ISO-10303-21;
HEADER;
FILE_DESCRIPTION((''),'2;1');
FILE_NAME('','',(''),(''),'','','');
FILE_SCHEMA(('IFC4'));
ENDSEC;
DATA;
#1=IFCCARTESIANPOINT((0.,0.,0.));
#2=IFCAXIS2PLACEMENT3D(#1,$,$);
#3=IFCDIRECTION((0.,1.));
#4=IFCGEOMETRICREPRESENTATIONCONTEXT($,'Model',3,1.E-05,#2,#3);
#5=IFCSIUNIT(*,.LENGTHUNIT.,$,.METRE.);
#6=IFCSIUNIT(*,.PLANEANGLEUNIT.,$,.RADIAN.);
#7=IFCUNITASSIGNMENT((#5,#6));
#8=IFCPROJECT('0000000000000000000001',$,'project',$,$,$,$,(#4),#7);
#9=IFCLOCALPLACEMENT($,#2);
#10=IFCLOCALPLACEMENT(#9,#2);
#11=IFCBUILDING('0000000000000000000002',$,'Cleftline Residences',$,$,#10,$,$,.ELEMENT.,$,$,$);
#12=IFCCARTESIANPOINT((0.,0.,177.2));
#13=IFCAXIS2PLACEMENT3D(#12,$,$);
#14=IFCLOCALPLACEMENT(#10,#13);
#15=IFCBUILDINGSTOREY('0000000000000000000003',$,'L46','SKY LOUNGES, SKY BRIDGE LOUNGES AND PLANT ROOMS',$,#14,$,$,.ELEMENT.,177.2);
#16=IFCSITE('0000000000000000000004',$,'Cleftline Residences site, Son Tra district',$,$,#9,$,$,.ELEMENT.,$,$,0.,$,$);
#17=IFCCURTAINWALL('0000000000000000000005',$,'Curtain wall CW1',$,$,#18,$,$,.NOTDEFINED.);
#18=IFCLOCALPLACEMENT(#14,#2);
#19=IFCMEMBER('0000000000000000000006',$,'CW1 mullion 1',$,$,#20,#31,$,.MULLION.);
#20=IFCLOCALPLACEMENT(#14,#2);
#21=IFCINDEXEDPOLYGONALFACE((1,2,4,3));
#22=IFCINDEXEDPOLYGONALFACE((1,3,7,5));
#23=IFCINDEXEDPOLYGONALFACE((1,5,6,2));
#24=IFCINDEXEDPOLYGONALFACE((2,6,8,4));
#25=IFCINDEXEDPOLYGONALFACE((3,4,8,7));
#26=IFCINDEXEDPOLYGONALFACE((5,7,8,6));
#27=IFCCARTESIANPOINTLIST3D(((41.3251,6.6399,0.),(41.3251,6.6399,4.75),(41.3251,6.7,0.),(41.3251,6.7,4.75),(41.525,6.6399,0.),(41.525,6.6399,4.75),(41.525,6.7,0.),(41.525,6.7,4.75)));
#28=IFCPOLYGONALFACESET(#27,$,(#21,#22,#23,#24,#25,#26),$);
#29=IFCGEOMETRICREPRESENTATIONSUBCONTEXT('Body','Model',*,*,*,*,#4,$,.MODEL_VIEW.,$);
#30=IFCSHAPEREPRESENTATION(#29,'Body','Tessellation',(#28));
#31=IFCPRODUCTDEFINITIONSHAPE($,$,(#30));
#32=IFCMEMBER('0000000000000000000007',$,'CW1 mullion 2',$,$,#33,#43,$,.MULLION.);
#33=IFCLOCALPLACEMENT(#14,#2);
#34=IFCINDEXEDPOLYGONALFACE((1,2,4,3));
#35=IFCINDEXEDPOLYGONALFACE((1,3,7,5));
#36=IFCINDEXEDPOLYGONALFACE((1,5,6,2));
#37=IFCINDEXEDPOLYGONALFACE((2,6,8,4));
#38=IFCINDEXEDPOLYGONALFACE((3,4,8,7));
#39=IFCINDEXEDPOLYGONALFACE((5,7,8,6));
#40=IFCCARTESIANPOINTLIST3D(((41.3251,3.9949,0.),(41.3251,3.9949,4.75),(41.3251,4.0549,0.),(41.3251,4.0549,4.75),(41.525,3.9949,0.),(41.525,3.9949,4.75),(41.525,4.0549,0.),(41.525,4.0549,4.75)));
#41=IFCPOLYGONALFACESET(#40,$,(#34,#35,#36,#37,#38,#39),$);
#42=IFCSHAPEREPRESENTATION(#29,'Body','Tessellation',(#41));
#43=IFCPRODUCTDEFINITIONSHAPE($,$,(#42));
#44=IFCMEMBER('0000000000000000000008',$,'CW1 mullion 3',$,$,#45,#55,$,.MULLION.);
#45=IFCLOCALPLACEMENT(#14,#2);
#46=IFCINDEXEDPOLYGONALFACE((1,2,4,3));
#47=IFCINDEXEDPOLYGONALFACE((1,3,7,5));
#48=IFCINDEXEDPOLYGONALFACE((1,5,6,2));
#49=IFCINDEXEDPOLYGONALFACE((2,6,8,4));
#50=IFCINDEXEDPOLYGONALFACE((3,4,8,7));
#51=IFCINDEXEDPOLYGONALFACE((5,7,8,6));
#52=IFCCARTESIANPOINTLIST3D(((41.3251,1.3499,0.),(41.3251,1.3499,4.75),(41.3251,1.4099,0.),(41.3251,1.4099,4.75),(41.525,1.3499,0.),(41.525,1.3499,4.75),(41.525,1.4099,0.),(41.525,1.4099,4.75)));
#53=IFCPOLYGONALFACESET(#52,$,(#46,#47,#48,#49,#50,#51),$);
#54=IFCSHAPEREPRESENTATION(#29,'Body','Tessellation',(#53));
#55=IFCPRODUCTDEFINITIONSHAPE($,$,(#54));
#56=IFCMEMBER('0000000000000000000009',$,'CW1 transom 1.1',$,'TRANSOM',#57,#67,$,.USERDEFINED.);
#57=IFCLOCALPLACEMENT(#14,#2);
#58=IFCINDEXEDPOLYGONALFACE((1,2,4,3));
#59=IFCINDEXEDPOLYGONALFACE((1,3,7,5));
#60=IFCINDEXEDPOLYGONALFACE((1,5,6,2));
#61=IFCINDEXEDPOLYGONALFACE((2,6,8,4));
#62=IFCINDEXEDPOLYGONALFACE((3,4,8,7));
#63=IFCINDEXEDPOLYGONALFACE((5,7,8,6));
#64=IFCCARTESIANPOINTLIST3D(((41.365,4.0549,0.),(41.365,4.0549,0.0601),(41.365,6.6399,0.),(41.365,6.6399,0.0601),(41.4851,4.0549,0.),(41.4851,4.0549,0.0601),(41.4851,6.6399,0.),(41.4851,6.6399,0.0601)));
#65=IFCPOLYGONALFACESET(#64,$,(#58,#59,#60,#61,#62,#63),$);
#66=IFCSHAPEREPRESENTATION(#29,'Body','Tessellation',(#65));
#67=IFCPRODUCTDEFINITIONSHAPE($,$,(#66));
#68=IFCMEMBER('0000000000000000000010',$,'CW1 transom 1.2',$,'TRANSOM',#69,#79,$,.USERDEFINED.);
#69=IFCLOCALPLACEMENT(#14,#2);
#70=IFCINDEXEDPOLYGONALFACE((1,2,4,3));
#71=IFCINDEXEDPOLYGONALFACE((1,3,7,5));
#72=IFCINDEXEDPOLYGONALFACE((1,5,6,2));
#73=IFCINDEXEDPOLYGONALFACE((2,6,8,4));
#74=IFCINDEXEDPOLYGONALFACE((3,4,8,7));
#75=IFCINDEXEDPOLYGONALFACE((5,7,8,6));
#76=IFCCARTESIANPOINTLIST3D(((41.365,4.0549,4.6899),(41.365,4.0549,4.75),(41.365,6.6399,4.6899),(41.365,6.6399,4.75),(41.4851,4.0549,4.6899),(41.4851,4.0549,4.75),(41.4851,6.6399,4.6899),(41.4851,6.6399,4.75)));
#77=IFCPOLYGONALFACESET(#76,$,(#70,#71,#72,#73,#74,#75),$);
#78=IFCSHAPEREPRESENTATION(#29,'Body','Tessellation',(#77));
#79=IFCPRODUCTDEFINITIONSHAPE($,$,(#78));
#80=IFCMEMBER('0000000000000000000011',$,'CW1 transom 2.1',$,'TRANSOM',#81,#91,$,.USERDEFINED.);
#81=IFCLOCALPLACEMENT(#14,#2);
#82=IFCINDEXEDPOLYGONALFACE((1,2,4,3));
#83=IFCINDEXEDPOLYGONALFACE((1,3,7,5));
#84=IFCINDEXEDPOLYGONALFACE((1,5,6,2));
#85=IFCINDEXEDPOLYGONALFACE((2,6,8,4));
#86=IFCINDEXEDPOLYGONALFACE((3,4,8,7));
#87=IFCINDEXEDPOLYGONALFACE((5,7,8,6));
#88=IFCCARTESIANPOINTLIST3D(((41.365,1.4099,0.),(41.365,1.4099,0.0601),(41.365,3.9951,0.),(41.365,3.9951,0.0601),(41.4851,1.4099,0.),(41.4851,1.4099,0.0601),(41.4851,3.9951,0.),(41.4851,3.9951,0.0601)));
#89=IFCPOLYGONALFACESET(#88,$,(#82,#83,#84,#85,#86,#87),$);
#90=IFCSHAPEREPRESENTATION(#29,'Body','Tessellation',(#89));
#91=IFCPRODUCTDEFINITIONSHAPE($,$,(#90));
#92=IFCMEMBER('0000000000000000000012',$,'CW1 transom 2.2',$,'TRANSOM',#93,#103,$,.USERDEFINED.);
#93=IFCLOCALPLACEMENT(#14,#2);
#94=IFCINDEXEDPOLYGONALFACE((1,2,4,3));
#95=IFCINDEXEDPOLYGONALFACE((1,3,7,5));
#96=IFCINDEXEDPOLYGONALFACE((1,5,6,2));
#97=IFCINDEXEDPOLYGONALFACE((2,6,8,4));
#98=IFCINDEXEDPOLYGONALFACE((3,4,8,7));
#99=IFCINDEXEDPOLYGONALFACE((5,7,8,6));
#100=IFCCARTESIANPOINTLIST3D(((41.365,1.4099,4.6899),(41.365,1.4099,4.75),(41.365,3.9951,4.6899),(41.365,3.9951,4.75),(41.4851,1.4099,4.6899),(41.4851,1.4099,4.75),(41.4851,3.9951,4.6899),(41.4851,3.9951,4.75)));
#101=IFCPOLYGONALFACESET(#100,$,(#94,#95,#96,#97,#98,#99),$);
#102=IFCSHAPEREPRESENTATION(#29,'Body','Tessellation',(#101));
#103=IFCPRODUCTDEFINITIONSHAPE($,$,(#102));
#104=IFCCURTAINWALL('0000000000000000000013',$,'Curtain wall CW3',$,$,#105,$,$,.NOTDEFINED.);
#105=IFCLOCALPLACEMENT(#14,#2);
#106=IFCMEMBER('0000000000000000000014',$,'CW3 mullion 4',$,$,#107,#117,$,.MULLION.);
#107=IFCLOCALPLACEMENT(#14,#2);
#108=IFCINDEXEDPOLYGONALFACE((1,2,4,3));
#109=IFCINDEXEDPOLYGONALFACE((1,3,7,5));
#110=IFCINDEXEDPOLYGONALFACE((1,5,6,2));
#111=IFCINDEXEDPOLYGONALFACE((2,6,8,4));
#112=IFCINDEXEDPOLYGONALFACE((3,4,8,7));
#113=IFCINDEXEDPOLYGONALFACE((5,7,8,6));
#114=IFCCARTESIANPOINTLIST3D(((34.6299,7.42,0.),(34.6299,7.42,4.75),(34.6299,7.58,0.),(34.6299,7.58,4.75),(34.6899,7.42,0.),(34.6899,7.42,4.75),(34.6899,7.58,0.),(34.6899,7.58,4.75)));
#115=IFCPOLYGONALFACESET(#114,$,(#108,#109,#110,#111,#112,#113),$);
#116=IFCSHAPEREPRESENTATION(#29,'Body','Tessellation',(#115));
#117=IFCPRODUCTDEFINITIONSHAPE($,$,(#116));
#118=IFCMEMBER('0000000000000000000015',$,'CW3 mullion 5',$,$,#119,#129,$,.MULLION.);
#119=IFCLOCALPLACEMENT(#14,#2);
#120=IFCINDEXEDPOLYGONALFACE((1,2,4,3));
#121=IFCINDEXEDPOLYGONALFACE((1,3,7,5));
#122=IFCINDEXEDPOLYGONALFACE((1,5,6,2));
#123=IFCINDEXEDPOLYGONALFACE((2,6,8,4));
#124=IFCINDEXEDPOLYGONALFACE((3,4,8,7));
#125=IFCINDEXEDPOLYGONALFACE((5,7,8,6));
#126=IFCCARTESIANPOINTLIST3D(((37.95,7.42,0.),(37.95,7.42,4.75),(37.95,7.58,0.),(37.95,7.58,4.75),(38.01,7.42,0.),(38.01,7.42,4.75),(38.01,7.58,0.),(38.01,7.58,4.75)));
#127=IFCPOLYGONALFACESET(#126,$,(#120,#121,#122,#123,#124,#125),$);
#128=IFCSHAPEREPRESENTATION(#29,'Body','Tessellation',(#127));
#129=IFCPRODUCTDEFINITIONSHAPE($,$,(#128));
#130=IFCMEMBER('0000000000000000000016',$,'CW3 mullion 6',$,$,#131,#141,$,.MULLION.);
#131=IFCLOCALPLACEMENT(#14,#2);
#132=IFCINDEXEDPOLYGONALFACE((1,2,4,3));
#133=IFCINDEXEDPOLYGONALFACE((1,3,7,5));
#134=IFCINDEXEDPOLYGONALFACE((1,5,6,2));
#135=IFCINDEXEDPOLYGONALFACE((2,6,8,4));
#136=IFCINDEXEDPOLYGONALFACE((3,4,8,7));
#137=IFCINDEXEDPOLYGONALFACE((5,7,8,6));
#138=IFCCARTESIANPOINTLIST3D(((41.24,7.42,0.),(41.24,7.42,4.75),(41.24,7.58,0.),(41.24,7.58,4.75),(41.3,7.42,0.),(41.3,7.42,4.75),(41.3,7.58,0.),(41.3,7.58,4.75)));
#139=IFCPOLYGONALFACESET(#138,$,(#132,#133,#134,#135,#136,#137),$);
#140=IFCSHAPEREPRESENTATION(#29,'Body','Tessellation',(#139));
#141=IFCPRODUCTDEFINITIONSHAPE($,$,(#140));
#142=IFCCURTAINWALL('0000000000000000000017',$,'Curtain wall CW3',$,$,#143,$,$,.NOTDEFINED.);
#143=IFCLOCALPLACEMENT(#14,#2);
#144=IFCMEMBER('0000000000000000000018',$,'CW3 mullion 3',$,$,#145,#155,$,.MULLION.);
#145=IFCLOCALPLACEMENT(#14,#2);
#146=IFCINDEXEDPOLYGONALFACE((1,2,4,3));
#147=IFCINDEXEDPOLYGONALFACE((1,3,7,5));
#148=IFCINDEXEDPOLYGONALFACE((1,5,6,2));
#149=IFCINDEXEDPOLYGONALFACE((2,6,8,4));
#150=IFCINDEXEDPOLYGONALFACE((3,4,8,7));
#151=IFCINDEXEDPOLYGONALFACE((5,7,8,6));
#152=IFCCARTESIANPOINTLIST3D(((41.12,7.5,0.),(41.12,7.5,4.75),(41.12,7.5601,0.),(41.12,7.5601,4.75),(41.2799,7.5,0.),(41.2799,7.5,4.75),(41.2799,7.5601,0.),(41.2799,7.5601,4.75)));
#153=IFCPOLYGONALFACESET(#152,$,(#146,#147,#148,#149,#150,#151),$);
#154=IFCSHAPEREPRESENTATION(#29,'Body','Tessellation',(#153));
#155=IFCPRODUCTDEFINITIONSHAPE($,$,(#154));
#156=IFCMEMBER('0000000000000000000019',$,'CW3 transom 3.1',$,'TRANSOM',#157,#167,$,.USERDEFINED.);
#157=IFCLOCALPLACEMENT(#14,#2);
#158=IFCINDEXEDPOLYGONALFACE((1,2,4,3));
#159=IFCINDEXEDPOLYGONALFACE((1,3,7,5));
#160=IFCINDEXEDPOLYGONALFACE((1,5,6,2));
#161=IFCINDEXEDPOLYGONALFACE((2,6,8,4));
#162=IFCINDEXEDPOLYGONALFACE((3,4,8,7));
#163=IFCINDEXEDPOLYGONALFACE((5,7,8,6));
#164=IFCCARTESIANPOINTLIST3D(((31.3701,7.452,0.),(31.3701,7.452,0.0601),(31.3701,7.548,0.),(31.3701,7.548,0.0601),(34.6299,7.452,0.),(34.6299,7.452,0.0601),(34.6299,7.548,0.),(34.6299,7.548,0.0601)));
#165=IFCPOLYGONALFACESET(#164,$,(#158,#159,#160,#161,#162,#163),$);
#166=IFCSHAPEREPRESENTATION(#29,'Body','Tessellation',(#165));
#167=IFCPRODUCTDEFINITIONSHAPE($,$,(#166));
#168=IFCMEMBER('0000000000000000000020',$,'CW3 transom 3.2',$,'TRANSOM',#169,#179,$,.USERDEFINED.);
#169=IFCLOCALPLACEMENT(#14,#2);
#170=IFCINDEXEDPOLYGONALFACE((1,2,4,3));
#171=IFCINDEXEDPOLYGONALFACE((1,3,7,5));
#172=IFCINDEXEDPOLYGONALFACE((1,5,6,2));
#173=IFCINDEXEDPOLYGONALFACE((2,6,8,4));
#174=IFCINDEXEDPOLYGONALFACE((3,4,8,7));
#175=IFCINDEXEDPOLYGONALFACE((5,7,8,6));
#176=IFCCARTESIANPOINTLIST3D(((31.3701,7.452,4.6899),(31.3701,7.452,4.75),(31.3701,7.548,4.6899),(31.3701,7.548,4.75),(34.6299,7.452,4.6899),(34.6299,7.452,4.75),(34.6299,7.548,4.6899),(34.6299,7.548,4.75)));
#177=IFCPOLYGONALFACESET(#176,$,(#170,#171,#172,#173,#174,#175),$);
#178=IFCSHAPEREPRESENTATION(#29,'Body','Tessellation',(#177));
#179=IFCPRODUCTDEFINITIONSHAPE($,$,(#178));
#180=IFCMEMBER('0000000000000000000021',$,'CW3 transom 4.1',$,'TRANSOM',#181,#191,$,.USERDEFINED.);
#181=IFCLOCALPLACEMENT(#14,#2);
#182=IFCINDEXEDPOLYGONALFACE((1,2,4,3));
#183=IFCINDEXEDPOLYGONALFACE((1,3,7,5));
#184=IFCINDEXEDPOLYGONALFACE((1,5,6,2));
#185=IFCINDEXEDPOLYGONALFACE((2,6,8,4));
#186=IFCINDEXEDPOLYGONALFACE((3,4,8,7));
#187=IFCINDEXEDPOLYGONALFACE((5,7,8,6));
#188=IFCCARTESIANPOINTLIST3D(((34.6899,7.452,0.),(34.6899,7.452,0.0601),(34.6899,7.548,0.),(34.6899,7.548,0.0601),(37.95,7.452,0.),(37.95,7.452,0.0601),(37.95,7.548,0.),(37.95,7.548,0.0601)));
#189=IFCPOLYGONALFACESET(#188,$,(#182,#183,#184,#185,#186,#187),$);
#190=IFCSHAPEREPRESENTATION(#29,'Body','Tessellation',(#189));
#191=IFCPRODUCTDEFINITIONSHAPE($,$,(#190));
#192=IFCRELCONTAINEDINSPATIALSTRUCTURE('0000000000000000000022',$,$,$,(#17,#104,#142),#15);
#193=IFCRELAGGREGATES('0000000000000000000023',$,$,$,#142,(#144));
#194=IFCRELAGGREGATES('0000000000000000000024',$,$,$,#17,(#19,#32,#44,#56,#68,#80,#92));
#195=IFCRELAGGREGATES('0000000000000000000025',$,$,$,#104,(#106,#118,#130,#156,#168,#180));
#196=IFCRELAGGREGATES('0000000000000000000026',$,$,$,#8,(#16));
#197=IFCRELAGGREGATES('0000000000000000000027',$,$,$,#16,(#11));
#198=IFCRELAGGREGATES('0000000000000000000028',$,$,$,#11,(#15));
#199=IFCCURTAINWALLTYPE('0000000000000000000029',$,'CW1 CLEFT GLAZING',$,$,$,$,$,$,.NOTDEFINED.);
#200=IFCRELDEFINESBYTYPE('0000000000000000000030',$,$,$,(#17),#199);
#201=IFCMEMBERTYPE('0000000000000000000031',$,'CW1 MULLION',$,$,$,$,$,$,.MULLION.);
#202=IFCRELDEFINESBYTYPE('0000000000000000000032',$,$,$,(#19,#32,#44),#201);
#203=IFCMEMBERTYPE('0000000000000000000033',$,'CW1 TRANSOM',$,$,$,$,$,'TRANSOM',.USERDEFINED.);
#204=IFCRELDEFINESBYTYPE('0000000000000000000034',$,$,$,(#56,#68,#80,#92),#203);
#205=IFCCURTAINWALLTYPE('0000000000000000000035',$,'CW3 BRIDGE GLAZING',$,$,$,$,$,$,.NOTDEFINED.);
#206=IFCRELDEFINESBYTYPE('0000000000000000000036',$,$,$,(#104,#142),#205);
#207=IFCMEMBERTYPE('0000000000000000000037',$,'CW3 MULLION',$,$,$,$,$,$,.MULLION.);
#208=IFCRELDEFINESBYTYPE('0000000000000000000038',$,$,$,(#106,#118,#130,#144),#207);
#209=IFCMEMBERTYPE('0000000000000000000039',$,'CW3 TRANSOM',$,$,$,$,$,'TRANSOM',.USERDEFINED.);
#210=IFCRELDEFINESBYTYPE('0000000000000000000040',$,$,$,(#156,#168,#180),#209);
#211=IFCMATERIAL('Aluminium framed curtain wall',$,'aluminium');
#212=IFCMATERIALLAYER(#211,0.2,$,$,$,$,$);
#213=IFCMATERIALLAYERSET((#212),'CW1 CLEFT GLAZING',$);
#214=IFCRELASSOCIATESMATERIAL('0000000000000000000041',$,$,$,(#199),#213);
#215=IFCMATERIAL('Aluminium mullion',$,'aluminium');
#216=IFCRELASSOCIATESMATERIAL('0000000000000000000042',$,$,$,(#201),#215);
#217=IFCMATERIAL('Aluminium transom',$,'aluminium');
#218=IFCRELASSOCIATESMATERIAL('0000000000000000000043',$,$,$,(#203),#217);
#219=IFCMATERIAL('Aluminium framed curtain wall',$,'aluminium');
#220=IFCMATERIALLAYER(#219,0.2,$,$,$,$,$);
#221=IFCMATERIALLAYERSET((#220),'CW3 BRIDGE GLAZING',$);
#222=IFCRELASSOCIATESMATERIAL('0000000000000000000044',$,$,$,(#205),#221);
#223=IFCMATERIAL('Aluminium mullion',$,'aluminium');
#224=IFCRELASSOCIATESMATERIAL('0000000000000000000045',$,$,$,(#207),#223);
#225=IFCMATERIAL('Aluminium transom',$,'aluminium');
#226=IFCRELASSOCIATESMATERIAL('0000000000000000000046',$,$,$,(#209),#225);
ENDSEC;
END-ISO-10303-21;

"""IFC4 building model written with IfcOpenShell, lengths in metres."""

from ifc_helpers import new_model, si_unit, direction, frame, origin, origin_2d, place, context, subcontext, project, spatial, rectangle, extrude, material, layer, layer_set, material_profile, profile_set, type_object, element, aggregate, save


model = new_model("IFC4")

# Units and contexts
model_context = context("Model", 3, precision=1e-05, world=origin(), true_north=direction((0.0, 1.0)))
body_context = subcontext(model_context, "Body", "Model", "MODEL_VIEW")
ifc_project = project(units=[si_unit("LENGTHUNIT", "METRE"), si_unit("PLANEANGLEUNIT", "RADIAN")], contexts=[model_context])

# Site, building, storey
site_placement = place(None, origin())
site = spatial("IfcSite", under=ifc_project, at=site_placement, Name="Cleftline Residences site, Son Tra district", CompositionType="ELEMENT", RefElevation=0.0)
building_placement = place(site_placement, origin())
building = spatial("IfcBuilding", under=site, at=building_placement, Name="Cleftline Residences", CompositionType="ELEMENT")
storey_placement = place(building_placement, frame((0.0, 0.0, 177.2)))
storey = spatial("IfcBuildingStorey", under=building, at=storey_placement, Name="L46", Description="SKY LOUNGES, SKY BRIDGE LOUNGES AND PLANT ROOMS", CompositionType="ELEMENT", Elevation=177.2)

# Curtain walls, members
ifc_material_1 = material(Name="Aluminium framed curtain wall", Category="aluminium")
ifc_layer_1 = layer(ifc_material_1, 0.2)
ifc_layer_set_1 = layer_set([ifc_layer_1], Name="CW1 CLEFT GLAZING")
curtain_wall_type_1 = type_object("IfcCurtainWallType", Name="CW1 CLEFT GLAZING", PredefinedType="NOTDEFINED", material=ifc_layer_set_1)
curtain_wall_1_placement = place(storey_placement, origin())
curtain_wall_1 = element("IfcCurtainWall", 1, at=curtain_wall_1_placement, inside=storey, type_object=curtain_wall_type_1, Name="Curtain wall CW1", PredefinedType="NOTDEFINED")
ifc_material_2 = material(Name="Aluminium mullion", Category="aluminium")
ifc_material_profile_1 = material_profile(ifc_material_2, rectangle(XDim=0.2, YDim=0.0601, at=origin_2d()))
ifc_profile_set_1 = profile_set([ifc_material_profile_1], Name="Aluminium mullion")
member_type_1 = type_object("IfcMemberType", Name="CW1 MULLION", PredefinedType="MULLION", material=ifc_profile_set_1)
member_1_placement = place(storey_placement, frame((41.425, 6.6699, 0.0), z_axis=(0.0, 0.0, 1.0), x_axis=(1.0, 0.0, 0.0)))
member_1 = element("IfcMember", 2, at=member_1_placement, type_object=member_type_1, Name="CW1 mullion 1", PredefinedType="MULLION", context=body_context, shape_type="SweptSolid", body=[
    extrude(rectangle(XDim=0.2, YDim=0.0601, at=origin_2d()), origin(), (0.0, 0.0, 1.0), 4.75),
])
member_2_placement = place(storey_placement, frame((41.425, 4.0249, 0.0), z_axis=(0.0, 0.0, 1.0), x_axis=(1.0, 0.0, 0.0)))
member_2 = element("IfcMember", 3, at=member_2_placement, type_object=member_type_1, Name="CW1 mullion 2", PredefinedType="MULLION", context=body_context, shape_type="SweptSolid", body=[
    extrude(rectangle(XDim=0.2, YDim=0.0601, at=origin_2d()), origin(), (0.0, 0.0, 1.0), 4.75),
])
member_3_placement = place(storey_placement, frame((41.425, 1.3799, 0.0), z_axis=(0.0, 0.0, 1.0), x_axis=(1.0, 0.0, 0.0)))
member_3 = element("IfcMember", 4, at=member_3_placement, type_object=member_type_1, Name="CW1 mullion 3", PredefinedType="MULLION", context=body_context, shape_type="SweptSolid", body=[
    extrude(rectangle(XDim=0.2, YDim=0.0601, at=origin_2d()), origin(), (0.0, 0.0, 1.0), 4.75),
])
ifc_material_3 = material(Name="Aluminium transom", Category="aluminium")
ifc_material_profile_2 = material_profile(ifc_material_3, rectangle(XDim=0.1201, YDim=0.0601, at=origin_2d()))
ifc_profile_set_2 = profile_set([ifc_material_profile_2], Name="Aluminium transom")
member_type_2 = type_object("IfcMemberType", Name="CW1 TRANSOM", ElementType="TRANSOM", PredefinedType="USERDEFINED", material=ifc_profile_set_2)
member_4_placement = place(storey_placement, frame((41.425, 6.6399, 0.03), z_axis=(0.0, -1.0, 0.0), x_axis=(1.0, 0.0, 0.0)))
member_4 = element("IfcMember", 5, at=member_4_placement, type_object=member_type_2, Name="CW1 transom 1.1", ObjectType="TRANSOM", PredefinedType="USERDEFINED", context=body_context, shape_type="SweptSolid", body=[
    extrude(rectangle(XDim=0.1201, YDim=0.0601, at=origin_2d()), origin(), (0.0, 0.0, 1.0), 2.585),
])
member_5_placement = place(storey_placement, frame((41.425, 6.6399, 4.72), z_axis=(0.0, -1.0, 0.0), x_axis=(1.0, 0.0, 0.0)))
member_5 = element("IfcMember", 6, at=member_5_placement, type_object=member_type_2, Name="CW1 transom 1.2", ObjectType="TRANSOM", PredefinedType="USERDEFINED", context=body_context, shape_type="SweptSolid", body=[
    extrude(rectangle(XDim=0.1201, YDim=0.0601, at=origin_2d()), origin(), (0.0, 0.0, 1.0), 2.585),
])
member_6_placement = place(storey_placement, frame((41.425, 3.9951, 0.03), z_axis=(0.0, -1.0, 0.0), x_axis=(1.0, 0.0, 0.0)))
member_6 = element("IfcMember", 7, at=member_6_placement, type_object=member_type_2, Name="CW1 transom 2.1", ObjectType="TRANSOM", PredefinedType="USERDEFINED", context=body_context, shape_type="SweptSolid", body=[
    extrude(rectangle(XDim=0.1201, YDim=0.0601, at=origin_2d()), origin(), (0.0, 0.0, 1.0), 2.5852),
])
member_7_placement = place(storey_placement, frame((41.425, 3.9951, 4.72), z_axis=(0.0, -1.0, 0.0), x_axis=(1.0, 0.0, 0.0)))
member_7 = element("IfcMember", 8, at=member_7_placement, type_object=member_type_2, Name="CW1 transom 2.2", ObjectType="TRANSOM", PredefinedType="USERDEFINED", context=body_context, shape_type="SweptSolid", body=[
    extrude(rectangle(XDim=0.1201, YDim=0.0601, at=origin_2d()), origin(), (0.0, 0.0, 1.0), 2.5852),
])
ifc_material_4 = material(Name="Aluminium framed curtain wall", Category="aluminium")
ifc_layer_2 = layer(ifc_material_4, 0.2)
ifc_layer_set_2 = layer_set([ifc_layer_2], Name="CW3 BRIDGE GLAZING")
curtain_wall_type_2 = type_object("IfcCurtainWallType", Name="CW3 BRIDGE GLAZING", PredefinedType="NOTDEFINED", material=ifc_layer_set_2)
curtain_wall_2_placement = place(storey_placement, origin())
curtain_wall_2 = element("IfcCurtainWall", 9, at=curtain_wall_2_placement, inside=storey, type_object=curtain_wall_type_2, Name="Curtain wall CW3", PredefinedType="NOTDEFINED")
ifc_material_5 = material(Name="Aluminium mullion", Category="aluminium")
ifc_material_profile_3 = material_profile(ifc_material_5, rectangle(XDim=0.1599, YDim=0.0601, at=origin_2d()))
ifc_profile_set_3 = profile_set([ifc_material_profile_3], Name="Aluminium mullion")
member_type_3 = type_object("IfcMemberType", Name="CW3 MULLION", PredefinedType="MULLION", material=ifc_profile_set_3)
member_8_placement = place(storey_placement, frame((34.6599, 7.5, 0.0), z_axis=(0.0, 0.0, 1.0), x_axis=(0.0, 1.0, 0.0)))
member_8 = element("IfcMember", 10, at=member_8_placement, type_object=member_type_3, Name="CW3 mullion 4", PredefinedType="MULLION", context=body_context, shape_type="SweptSolid", body=[
    extrude(rectangle(XDim=0.1599, YDim=0.0601, at=origin_2d()), origin(), (0.0, 0.0, 1.0), 4.75),
])
member_9_placement = place(storey_placement, frame((37.98, 7.5, 0.0), z_axis=(0.0, 0.0, 1.0), x_axis=(0.0, 1.0, 0.0)))
member_9 = element("IfcMember", 11, at=member_9_placement, type_object=member_type_3, Name="CW3 mullion 5", PredefinedType="MULLION", context=body_context, shape_type="SweptSolid", body=[
    extrude(rectangle(XDim=0.1599, YDim=0.0601, at=origin_2d()), origin(), (0.0, 0.0, 1.0), 4.75),
])
member_10_placement = place(storey_placement, frame((41.27, 7.5, 0.0), z_axis=(0.0, 0.0, 1.0), x_axis=(0.0, 1.0, 0.0)))
member_10 = element("IfcMember", 12, at=member_10_placement, type_object=member_type_3, Name="CW3 mullion 6", PredefinedType="MULLION", context=body_context, shape_type="SweptSolid", body=[
    extrude(rectangle(XDim=0.1599, YDim=0.0601, at=origin_2d()), origin(), (0.0, 0.0, 1.0), 4.75),
])

# Curtain wall, member
curtain_wall_3_placement = place(storey_placement, origin())
curtain_wall_3 = element("IfcCurtainWall", 13, at=curtain_wall_3_placement, inside=storey, type_object=curtain_wall_type_2, Name="Curtain wall CW3", PredefinedType="NOTDEFINED")
member_11_placement = place(storey_placement, frame((41.2, 7.53, 0.0), z_axis=(0.0, 0.0, 1.0), x_axis=(1.0, 0.0, 0.0)))
member_11 = element("IfcMember", 14, at=member_11_placement, type_object=member_type_3, Name="CW3 mullion 3", PredefinedType="MULLION", context=body_context, shape_type="SweptSolid", body=[
    extrude(rectangle(XDim=0.1599, YDim=0.0601, at=origin_2d()), origin(), (0.0, 0.0, 1.0), 4.75),
])
aggregate(curtain_wall_3, [member_11])

# Members
ifc_material_6 = material(Name="Aluminium transom", Category="aluminium")
ifc_material_profile_4 = material_profile(ifc_material_6, rectangle(XDim=0.0959, YDim=0.0601, at=origin_2d()))
ifc_profile_set_4 = profile_set([ifc_material_profile_4], Name="Aluminium transom")
member_type_4 = type_object("IfcMemberType", Name="CW3 TRANSOM", ElementType="TRANSOM", PredefinedType="USERDEFINED", material=ifc_profile_set_4)
member_12_placement = place(storey_placement, frame((31.3701, 7.5, 0.03), z_axis=(1.0, 0.0, 0.0), x_axis=(0.0, 1.0, 0.0)))
member_12 = element("IfcMember", 15, at=member_12_placement, type_object=member_type_4, Name="CW3 transom 3.1", ObjectType="TRANSOM", PredefinedType="USERDEFINED", context=body_context, shape_type="SweptSolid", body=[
    extrude(rectangle(XDim=0.0959, YDim=0.0601, at=origin_2d()), origin(), (0.0, 0.0, 1.0), 3.2598),
])
member_13_placement = place(storey_placement, frame((31.3701, 7.5, 4.72), z_axis=(1.0, 0.0, 0.0), x_axis=(0.0, 1.0, 0.0)))
member_13 = element("IfcMember", 16, at=member_13_placement, type_object=member_type_4, Name="CW3 transom 3.2", ObjectType="TRANSOM", PredefinedType="USERDEFINED", context=body_context, shape_type="SweptSolid", body=[
    extrude(rectangle(XDim=0.0959, YDim=0.0601, at=origin_2d()), origin(), (0.0, 0.0, 1.0), 3.2598),
])
member_14_placement = place(storey_placement, frame((34.6899, 7.5, 0.03), z_axis=(1.0, 0.0, 0.0), x_axis=(0.0, 1.0, 0.0)))
member_14 = element("IfcMember", 17, at=member_14_placement, type_object=member_type_4, Name="CW3 transom 4.1", ObjectType="TRANSOM", PredefinedType="USERDEFINED", context=body_context, shape_type="SweptSolid", body=[
    extrude(rectangle(XDim=0.0959, YDim=0.0601, at=origin_2d()), origin(), (0.0, 0.0, 1.0), 3.26),
])

aggregate(curtain_wall_1, [member_1, member_2, member_3, member_4, member_5, member_6, member_7])
aggregate(curtain_wall_2, [member_8, member_9, member_10, member_12, member_13, member_14])

save(model, "model.ifc")
